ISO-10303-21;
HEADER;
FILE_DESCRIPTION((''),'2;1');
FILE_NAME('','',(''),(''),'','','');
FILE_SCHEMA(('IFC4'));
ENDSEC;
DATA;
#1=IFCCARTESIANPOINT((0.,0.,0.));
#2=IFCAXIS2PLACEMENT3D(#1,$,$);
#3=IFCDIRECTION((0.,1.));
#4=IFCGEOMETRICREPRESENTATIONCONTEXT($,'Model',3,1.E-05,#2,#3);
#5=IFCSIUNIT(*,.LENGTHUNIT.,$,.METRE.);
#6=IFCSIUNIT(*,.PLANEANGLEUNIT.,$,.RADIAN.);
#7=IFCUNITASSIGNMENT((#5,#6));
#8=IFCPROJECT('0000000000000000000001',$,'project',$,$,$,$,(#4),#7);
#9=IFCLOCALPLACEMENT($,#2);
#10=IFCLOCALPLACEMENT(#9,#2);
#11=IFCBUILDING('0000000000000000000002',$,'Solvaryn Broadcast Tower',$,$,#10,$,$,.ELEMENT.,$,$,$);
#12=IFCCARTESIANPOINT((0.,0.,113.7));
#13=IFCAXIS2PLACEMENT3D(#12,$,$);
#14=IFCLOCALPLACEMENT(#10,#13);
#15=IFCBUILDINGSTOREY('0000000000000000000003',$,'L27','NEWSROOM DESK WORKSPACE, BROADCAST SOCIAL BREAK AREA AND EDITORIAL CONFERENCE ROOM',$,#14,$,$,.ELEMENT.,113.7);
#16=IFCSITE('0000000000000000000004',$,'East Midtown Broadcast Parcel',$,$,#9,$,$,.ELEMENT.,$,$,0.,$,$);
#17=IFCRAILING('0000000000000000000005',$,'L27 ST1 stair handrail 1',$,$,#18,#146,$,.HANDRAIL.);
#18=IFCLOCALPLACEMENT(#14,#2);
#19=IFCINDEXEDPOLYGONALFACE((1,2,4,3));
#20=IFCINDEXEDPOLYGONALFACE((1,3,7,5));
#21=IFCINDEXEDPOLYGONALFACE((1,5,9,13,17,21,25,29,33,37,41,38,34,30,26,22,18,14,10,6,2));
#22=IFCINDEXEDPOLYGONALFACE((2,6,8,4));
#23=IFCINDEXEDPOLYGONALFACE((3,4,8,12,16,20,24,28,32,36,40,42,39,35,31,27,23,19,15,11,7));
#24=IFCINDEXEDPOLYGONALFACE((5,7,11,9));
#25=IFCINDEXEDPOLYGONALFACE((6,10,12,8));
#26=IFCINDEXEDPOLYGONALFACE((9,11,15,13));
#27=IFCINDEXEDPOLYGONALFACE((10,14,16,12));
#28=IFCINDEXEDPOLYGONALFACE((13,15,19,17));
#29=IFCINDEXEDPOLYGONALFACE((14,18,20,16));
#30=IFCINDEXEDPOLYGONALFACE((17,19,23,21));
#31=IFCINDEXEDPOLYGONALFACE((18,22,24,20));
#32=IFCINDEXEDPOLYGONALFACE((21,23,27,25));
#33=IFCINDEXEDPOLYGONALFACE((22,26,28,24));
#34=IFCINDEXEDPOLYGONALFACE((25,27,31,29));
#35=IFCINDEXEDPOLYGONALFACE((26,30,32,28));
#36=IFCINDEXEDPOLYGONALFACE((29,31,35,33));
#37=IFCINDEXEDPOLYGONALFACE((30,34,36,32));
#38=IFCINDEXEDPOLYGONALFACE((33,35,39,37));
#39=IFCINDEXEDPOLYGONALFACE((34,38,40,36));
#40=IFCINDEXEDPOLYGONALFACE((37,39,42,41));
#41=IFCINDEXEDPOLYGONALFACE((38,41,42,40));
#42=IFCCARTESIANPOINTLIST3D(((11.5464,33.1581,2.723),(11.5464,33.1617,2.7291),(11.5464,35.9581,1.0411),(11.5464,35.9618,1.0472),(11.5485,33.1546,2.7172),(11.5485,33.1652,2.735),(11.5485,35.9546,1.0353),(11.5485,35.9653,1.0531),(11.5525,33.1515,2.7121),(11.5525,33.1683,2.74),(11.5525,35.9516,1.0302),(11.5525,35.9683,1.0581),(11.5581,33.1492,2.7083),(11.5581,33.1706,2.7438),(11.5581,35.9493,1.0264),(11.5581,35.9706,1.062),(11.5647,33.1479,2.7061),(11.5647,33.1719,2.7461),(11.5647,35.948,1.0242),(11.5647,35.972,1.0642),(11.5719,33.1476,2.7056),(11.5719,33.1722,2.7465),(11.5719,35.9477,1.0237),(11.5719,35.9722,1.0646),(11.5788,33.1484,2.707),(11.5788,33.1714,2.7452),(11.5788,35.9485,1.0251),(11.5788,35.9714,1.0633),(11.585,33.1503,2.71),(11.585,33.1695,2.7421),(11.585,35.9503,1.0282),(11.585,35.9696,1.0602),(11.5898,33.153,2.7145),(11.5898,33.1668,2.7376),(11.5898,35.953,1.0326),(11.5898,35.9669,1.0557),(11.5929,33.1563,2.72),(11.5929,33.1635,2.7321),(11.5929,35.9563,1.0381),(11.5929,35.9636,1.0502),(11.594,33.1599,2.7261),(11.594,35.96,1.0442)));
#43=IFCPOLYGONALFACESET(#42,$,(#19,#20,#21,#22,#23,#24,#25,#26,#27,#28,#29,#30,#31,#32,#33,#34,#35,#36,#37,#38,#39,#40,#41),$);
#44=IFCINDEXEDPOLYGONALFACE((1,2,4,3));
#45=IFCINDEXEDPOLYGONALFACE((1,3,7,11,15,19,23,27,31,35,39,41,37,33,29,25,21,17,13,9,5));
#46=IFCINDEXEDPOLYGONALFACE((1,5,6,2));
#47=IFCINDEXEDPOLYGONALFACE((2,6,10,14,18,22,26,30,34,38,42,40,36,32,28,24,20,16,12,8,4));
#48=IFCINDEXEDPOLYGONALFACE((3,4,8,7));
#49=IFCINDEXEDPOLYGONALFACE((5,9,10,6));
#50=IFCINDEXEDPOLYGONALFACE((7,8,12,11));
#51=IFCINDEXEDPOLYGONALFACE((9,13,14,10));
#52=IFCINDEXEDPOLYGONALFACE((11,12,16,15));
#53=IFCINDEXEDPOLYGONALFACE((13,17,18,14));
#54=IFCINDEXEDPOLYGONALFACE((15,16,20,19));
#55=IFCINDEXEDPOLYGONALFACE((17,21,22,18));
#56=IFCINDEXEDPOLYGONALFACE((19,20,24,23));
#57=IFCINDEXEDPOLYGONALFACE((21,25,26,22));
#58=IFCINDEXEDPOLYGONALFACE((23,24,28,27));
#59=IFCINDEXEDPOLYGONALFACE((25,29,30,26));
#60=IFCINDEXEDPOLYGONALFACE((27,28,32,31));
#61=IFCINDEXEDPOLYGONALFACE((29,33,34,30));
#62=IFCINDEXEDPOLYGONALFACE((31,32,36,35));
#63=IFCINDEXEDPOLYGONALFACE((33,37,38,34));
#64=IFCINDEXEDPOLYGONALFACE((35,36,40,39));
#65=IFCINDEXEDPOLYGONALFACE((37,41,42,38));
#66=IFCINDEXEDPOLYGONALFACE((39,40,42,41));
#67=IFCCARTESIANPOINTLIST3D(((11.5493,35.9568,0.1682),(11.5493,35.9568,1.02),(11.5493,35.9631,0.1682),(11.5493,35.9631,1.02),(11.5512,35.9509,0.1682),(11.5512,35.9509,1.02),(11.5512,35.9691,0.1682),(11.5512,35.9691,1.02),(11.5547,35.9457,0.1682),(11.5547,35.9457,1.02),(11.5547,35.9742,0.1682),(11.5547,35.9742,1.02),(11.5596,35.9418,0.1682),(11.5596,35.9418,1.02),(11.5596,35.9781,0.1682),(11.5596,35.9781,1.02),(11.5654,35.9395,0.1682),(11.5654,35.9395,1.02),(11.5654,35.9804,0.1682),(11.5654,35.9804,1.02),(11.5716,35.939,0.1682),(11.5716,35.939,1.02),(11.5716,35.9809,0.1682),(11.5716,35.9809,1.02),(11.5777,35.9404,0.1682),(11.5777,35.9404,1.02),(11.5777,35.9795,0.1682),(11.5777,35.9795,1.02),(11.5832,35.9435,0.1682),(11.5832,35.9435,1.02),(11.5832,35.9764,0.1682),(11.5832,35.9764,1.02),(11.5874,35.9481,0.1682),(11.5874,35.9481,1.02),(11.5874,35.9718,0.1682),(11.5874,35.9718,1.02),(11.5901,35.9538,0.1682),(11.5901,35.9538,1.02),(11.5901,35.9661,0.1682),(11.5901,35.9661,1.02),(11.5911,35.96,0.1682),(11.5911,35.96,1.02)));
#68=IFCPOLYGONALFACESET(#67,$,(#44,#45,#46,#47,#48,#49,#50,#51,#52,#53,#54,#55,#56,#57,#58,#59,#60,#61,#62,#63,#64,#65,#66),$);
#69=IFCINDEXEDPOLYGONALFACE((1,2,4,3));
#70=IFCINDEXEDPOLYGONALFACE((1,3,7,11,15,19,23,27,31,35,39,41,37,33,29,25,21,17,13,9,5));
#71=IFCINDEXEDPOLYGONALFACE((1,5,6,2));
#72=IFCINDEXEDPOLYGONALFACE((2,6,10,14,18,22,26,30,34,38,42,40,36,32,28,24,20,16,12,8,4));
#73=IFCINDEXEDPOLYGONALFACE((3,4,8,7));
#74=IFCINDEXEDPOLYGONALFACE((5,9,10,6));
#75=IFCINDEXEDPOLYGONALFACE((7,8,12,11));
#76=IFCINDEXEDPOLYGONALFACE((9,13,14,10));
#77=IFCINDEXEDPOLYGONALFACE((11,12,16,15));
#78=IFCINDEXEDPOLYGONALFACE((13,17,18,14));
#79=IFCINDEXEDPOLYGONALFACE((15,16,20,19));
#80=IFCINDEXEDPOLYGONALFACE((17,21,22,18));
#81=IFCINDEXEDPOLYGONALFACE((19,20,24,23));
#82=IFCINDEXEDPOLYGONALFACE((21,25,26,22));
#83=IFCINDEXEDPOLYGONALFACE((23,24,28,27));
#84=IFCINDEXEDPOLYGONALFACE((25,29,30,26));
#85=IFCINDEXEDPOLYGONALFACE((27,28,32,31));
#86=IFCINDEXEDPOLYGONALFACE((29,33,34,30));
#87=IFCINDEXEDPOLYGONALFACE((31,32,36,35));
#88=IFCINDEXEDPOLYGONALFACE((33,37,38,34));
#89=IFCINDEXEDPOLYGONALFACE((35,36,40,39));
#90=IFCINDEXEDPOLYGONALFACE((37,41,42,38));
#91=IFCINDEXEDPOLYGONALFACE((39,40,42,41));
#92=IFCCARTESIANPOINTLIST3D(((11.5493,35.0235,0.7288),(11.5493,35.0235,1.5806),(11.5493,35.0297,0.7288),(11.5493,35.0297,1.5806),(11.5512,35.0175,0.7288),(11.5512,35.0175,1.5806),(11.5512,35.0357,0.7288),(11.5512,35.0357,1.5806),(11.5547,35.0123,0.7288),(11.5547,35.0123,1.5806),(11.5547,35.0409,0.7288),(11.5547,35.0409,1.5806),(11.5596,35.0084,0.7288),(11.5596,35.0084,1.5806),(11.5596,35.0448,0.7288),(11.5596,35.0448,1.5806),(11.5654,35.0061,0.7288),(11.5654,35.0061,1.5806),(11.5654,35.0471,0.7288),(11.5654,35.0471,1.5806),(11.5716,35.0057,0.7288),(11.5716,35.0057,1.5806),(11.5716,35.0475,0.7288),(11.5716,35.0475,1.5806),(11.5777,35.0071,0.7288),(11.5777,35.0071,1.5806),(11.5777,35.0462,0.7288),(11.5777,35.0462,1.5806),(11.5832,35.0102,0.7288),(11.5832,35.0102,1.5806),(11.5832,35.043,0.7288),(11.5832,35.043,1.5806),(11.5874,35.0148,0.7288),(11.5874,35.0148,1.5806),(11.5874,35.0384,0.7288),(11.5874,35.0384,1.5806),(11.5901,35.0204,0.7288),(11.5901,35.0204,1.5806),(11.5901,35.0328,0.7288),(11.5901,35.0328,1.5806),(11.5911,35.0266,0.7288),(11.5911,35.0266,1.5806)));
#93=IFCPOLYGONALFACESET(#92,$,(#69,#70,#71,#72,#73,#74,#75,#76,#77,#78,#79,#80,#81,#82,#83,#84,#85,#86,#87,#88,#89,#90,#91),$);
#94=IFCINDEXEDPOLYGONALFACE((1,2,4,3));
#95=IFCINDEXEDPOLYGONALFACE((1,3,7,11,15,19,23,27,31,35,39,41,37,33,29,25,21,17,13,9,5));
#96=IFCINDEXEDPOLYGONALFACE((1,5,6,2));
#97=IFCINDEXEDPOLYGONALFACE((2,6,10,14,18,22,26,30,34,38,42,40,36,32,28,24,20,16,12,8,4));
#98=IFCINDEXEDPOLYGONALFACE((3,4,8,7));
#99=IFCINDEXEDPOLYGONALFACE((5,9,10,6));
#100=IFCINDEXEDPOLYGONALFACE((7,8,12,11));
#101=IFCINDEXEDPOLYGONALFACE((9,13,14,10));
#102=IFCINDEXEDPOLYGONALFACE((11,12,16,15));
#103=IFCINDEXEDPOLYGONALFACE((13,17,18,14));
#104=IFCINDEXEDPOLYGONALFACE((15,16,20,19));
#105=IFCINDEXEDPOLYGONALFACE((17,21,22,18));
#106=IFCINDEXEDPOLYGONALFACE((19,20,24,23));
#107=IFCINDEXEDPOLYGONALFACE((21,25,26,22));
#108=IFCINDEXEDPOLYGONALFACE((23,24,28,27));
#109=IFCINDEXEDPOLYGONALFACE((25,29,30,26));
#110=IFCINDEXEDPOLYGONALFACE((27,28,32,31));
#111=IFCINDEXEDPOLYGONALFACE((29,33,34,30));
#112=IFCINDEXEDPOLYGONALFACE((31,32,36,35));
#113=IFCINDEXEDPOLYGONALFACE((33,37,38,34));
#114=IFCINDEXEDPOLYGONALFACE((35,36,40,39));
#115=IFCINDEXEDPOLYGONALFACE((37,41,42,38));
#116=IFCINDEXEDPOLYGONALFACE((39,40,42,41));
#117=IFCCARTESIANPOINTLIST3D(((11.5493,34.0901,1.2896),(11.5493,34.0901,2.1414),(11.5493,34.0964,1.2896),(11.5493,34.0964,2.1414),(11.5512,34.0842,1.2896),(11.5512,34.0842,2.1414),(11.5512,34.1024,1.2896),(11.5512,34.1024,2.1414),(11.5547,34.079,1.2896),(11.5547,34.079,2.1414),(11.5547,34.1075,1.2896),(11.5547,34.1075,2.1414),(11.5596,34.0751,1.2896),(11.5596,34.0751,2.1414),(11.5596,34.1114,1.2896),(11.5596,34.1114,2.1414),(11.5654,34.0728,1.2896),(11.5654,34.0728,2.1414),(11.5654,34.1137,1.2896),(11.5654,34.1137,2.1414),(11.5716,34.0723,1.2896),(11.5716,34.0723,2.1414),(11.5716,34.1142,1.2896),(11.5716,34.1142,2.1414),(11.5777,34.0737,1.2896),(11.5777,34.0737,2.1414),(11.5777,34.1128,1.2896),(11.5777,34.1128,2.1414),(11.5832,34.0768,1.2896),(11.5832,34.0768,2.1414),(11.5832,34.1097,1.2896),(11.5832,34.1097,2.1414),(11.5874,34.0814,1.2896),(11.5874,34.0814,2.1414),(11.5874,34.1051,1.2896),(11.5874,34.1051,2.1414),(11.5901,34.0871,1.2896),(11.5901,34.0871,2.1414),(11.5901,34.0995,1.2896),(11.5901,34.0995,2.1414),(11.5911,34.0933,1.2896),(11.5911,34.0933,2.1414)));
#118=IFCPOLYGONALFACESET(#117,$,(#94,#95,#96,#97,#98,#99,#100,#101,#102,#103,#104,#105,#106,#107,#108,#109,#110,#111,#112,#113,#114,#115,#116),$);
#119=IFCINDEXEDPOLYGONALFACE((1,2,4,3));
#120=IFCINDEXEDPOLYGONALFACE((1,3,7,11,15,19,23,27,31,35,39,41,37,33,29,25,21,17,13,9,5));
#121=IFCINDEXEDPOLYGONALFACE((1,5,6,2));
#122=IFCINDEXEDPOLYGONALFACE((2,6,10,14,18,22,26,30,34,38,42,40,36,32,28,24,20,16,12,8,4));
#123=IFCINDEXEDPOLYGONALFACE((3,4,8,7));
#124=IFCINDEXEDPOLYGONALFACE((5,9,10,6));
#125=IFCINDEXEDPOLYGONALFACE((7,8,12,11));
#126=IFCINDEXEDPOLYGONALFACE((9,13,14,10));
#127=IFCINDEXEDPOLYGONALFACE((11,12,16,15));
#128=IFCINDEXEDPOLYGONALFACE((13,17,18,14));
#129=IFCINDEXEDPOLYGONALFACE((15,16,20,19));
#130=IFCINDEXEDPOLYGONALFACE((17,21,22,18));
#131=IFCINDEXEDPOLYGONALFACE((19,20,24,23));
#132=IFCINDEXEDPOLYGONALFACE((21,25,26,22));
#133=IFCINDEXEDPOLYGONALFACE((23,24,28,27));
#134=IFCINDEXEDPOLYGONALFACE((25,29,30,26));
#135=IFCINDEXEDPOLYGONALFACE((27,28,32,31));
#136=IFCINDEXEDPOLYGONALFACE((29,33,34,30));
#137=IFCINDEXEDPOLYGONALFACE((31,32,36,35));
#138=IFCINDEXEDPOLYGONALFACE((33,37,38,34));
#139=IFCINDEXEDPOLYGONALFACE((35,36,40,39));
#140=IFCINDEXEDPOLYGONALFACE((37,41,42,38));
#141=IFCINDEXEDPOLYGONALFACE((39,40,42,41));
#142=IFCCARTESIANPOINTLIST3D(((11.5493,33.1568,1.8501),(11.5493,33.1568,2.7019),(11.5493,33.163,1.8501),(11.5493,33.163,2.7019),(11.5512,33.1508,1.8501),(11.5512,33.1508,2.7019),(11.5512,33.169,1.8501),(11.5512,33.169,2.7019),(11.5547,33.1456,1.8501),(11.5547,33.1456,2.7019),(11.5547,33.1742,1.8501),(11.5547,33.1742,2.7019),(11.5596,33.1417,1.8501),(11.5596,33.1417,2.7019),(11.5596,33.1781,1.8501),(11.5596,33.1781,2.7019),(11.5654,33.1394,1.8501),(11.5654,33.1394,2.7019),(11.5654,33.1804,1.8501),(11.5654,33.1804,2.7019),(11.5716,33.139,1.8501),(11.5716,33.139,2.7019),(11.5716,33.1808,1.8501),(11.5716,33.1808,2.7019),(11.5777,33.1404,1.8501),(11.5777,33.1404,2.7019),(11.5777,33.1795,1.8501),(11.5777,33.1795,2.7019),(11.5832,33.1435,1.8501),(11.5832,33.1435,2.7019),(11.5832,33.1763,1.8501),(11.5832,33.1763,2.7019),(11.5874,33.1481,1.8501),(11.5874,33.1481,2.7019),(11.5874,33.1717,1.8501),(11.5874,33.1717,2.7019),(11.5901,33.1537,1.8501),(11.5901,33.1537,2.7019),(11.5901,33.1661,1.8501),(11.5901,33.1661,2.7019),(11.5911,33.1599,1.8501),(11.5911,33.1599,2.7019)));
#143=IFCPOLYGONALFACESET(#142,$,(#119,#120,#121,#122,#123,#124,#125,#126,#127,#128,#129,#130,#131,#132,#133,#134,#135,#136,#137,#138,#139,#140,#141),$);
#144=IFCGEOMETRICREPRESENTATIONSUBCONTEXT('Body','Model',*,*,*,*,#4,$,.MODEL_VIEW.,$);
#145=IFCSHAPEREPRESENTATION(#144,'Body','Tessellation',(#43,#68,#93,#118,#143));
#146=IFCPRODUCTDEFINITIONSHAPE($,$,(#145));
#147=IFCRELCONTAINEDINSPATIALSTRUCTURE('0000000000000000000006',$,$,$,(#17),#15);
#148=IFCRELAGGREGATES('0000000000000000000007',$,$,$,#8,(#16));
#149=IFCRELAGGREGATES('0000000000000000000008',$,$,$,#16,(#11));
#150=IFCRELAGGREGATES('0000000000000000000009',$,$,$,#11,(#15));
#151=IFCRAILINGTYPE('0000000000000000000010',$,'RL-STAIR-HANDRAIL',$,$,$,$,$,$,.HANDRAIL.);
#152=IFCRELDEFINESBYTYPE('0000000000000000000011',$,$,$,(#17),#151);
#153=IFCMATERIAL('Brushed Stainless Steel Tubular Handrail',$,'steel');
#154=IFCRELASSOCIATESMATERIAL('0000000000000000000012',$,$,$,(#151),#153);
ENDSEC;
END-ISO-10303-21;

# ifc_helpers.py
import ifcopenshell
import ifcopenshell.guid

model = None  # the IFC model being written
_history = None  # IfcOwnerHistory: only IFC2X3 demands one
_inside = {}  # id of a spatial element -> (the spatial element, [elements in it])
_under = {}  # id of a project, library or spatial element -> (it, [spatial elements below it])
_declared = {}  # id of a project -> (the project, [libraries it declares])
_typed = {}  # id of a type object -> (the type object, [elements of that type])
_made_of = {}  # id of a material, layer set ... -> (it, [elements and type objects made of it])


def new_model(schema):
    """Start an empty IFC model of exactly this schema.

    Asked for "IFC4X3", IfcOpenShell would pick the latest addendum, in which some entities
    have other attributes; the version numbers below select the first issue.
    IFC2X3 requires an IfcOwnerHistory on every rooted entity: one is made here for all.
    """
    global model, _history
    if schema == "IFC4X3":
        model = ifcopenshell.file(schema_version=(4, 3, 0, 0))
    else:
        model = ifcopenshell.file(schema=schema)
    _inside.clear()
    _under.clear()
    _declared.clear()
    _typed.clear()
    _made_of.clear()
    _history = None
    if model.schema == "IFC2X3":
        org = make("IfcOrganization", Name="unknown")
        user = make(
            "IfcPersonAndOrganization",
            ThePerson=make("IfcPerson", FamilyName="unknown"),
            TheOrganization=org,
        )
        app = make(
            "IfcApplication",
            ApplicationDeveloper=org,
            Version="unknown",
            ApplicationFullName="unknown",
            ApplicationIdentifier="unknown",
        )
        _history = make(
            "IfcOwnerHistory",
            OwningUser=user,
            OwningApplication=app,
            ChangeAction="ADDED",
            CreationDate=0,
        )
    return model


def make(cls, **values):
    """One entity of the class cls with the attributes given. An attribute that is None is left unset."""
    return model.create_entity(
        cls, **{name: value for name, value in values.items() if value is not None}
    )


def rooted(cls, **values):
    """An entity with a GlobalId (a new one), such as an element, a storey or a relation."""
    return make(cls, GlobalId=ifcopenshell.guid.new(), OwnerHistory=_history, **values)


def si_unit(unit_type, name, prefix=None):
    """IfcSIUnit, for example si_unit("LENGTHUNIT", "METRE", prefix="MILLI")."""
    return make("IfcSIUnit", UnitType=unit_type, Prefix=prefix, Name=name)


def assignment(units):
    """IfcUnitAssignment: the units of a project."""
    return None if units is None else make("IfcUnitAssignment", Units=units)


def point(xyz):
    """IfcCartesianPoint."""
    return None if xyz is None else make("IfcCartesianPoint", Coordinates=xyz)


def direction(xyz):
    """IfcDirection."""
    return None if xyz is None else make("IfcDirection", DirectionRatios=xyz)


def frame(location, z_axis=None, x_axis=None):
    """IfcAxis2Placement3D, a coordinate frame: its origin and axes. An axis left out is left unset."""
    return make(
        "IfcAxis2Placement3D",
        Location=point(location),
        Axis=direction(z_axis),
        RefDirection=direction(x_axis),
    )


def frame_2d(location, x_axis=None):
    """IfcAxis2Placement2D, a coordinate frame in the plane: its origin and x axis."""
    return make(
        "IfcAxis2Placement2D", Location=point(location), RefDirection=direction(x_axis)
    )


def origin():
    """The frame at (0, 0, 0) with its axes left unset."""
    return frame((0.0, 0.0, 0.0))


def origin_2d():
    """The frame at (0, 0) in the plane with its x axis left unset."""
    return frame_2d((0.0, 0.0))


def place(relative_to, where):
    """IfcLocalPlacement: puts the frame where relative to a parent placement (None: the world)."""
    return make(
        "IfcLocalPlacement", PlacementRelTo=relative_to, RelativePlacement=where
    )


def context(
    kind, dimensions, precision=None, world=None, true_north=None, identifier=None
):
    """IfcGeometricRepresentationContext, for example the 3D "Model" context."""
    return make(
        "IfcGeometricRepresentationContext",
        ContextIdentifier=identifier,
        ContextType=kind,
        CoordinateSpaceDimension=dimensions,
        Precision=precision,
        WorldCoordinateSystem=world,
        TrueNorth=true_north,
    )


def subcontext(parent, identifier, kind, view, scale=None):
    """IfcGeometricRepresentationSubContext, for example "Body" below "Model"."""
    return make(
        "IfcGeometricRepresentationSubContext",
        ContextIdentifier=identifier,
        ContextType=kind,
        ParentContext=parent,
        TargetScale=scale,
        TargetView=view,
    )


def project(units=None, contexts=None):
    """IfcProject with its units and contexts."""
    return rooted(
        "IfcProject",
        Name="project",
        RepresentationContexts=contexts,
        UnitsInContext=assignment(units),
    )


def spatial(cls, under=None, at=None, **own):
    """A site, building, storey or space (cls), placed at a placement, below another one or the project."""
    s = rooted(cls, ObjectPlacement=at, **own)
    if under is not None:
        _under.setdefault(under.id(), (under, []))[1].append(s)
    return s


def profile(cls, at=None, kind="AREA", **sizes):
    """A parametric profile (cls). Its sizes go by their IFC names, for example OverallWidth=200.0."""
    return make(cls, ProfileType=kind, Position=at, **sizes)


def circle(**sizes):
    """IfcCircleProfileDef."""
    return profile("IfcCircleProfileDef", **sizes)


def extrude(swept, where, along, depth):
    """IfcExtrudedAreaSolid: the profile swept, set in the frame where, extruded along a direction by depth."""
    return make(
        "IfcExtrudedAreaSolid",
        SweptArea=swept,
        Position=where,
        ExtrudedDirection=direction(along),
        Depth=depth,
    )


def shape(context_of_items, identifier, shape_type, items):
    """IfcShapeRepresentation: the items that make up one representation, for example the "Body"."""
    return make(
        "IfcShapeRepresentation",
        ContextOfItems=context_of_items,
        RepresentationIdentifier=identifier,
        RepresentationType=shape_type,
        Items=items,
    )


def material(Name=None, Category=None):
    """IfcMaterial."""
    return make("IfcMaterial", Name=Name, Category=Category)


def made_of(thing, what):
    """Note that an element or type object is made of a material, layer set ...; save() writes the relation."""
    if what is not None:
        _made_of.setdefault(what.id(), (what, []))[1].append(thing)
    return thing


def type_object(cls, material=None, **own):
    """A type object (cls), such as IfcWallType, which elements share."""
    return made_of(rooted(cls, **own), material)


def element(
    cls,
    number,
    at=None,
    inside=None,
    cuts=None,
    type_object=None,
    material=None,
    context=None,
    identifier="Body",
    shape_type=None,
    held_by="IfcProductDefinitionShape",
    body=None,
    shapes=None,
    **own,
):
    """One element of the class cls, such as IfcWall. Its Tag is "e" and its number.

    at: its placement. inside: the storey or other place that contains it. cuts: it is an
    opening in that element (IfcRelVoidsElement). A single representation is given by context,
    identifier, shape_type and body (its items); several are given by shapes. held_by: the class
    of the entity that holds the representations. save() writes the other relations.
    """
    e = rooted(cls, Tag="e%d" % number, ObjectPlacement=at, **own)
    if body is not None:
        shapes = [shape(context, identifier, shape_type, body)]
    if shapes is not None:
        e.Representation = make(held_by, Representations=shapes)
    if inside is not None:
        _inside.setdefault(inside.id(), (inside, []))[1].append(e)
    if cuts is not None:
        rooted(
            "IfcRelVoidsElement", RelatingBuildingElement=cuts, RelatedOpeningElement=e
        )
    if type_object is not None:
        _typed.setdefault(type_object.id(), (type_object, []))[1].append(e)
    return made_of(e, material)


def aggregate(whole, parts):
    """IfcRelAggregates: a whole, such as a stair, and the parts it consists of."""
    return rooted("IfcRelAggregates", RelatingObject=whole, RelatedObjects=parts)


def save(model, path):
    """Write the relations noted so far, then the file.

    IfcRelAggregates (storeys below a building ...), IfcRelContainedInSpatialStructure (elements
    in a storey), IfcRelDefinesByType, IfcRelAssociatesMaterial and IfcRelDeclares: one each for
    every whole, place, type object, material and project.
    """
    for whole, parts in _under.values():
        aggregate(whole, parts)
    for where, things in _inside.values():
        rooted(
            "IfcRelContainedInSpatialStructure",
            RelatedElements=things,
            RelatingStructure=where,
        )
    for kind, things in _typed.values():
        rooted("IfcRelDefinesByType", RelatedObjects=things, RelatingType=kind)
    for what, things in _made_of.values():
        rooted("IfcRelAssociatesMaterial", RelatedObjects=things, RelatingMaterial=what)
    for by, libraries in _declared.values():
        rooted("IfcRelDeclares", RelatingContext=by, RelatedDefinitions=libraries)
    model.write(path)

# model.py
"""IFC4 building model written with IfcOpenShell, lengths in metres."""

from ifc_helpers import new_model, si_unit, direction, frame, origin, origin_2d, place, context, subcontext, project, spatial, circle, extrude, material, type_object, element, save


model = new_model("IFC4")

# Units and contexts
model_context = context("Model", 3, precision=1e-05, world=origin(), true_north=direction((0.0, 1.0)))
body_context = subcontext(model_context, "Body", "Model", "MODEL_VIEW")
ifc_project = project(units=[si_unit("LENGTHUNIT", "METRE"), si_unit("PLANEANGLEUNIT", "RADIAN")], contexts=[model_context])

# Site, building, storey
site_placement = place(None, origin())
site = spatial("IfcSite", under=ifc_project, at=site_placement, Name="East Midtown Broadcast Parcel", CompositionType="ELEMENT", RefElevation=0.0)
building_placement = place(site_placement, origin())
building = spatial("IfcBuilding", under=site, at=building_placement, Name="Solvaryn Broadcast Tower", CompositionType="ELEMENT")
storey_placement = place(building_placement, frame((0.0, 0.0, 113.7)))
storey = spatial("IfcBuildingStorey", under=building, at=storey_placement, Name="L27", Description="NEWSROOM DESK WORKSPACE, BROADCAST SOCIAL BREAK AREA AND EDITORIAL CONFERENCE ROOM", CompositionType="ELEMENT", Elevation=113.7)

# Railing
ifc_material_1 = material(Name="Brushed Stainless Steel Tubular Handrail", Category="steel")
railing_type_1 = type_object("IfcRailingType", Name="RL-STAIR-HANDRAIL", PredefinedType="HANDRAIL", material=ifc_material_1)
railing_1_placement = place(storey_placement, frame((11.5701, 35.96, 0.1682)))
element("IfcRailing", 1, at=railing_1_placement, inside=storey, type_object=railing_type_1, Name="L27 ST1 stair handrail 1", PredefinedType="HANDRAIL", context=body_context, shape_type="SweptSolid", body=[
    extrude(circle(Radius=0.0239, at=origin_2d()), frame((0.0, 0.0, 0.876), z_axis=(0.0, -0.857242, 0.514913), x_axis=(1.0, 0.0, 0.0)), (0.0, 0.0, 1.0), 3.2664),
    extrude(circle(Radius=0.021, at=origin_2d()), origin(), (0.0, 0.0, 1.0), 0.8518),
    extrude(circle(Radius=0.021, at=origin_2d()), frame((0.0, -0.9333, 0.5605)), (0.0, 0.0, 1.0), 0.8518),
    extrude(circle(Radius=0.021, at=origin_2d()), frame((0.0, -1.8667, 1.1213)), (0.0, 0.0, 1.0), 0.8518),
    extrude(circle(Radius=0.021, at=origin_2d()), frame((0.0, -2.8, 1.6819)), (0.0, 0.0, 1.0), 0.8518),
])

save(model, "model.ifc")
